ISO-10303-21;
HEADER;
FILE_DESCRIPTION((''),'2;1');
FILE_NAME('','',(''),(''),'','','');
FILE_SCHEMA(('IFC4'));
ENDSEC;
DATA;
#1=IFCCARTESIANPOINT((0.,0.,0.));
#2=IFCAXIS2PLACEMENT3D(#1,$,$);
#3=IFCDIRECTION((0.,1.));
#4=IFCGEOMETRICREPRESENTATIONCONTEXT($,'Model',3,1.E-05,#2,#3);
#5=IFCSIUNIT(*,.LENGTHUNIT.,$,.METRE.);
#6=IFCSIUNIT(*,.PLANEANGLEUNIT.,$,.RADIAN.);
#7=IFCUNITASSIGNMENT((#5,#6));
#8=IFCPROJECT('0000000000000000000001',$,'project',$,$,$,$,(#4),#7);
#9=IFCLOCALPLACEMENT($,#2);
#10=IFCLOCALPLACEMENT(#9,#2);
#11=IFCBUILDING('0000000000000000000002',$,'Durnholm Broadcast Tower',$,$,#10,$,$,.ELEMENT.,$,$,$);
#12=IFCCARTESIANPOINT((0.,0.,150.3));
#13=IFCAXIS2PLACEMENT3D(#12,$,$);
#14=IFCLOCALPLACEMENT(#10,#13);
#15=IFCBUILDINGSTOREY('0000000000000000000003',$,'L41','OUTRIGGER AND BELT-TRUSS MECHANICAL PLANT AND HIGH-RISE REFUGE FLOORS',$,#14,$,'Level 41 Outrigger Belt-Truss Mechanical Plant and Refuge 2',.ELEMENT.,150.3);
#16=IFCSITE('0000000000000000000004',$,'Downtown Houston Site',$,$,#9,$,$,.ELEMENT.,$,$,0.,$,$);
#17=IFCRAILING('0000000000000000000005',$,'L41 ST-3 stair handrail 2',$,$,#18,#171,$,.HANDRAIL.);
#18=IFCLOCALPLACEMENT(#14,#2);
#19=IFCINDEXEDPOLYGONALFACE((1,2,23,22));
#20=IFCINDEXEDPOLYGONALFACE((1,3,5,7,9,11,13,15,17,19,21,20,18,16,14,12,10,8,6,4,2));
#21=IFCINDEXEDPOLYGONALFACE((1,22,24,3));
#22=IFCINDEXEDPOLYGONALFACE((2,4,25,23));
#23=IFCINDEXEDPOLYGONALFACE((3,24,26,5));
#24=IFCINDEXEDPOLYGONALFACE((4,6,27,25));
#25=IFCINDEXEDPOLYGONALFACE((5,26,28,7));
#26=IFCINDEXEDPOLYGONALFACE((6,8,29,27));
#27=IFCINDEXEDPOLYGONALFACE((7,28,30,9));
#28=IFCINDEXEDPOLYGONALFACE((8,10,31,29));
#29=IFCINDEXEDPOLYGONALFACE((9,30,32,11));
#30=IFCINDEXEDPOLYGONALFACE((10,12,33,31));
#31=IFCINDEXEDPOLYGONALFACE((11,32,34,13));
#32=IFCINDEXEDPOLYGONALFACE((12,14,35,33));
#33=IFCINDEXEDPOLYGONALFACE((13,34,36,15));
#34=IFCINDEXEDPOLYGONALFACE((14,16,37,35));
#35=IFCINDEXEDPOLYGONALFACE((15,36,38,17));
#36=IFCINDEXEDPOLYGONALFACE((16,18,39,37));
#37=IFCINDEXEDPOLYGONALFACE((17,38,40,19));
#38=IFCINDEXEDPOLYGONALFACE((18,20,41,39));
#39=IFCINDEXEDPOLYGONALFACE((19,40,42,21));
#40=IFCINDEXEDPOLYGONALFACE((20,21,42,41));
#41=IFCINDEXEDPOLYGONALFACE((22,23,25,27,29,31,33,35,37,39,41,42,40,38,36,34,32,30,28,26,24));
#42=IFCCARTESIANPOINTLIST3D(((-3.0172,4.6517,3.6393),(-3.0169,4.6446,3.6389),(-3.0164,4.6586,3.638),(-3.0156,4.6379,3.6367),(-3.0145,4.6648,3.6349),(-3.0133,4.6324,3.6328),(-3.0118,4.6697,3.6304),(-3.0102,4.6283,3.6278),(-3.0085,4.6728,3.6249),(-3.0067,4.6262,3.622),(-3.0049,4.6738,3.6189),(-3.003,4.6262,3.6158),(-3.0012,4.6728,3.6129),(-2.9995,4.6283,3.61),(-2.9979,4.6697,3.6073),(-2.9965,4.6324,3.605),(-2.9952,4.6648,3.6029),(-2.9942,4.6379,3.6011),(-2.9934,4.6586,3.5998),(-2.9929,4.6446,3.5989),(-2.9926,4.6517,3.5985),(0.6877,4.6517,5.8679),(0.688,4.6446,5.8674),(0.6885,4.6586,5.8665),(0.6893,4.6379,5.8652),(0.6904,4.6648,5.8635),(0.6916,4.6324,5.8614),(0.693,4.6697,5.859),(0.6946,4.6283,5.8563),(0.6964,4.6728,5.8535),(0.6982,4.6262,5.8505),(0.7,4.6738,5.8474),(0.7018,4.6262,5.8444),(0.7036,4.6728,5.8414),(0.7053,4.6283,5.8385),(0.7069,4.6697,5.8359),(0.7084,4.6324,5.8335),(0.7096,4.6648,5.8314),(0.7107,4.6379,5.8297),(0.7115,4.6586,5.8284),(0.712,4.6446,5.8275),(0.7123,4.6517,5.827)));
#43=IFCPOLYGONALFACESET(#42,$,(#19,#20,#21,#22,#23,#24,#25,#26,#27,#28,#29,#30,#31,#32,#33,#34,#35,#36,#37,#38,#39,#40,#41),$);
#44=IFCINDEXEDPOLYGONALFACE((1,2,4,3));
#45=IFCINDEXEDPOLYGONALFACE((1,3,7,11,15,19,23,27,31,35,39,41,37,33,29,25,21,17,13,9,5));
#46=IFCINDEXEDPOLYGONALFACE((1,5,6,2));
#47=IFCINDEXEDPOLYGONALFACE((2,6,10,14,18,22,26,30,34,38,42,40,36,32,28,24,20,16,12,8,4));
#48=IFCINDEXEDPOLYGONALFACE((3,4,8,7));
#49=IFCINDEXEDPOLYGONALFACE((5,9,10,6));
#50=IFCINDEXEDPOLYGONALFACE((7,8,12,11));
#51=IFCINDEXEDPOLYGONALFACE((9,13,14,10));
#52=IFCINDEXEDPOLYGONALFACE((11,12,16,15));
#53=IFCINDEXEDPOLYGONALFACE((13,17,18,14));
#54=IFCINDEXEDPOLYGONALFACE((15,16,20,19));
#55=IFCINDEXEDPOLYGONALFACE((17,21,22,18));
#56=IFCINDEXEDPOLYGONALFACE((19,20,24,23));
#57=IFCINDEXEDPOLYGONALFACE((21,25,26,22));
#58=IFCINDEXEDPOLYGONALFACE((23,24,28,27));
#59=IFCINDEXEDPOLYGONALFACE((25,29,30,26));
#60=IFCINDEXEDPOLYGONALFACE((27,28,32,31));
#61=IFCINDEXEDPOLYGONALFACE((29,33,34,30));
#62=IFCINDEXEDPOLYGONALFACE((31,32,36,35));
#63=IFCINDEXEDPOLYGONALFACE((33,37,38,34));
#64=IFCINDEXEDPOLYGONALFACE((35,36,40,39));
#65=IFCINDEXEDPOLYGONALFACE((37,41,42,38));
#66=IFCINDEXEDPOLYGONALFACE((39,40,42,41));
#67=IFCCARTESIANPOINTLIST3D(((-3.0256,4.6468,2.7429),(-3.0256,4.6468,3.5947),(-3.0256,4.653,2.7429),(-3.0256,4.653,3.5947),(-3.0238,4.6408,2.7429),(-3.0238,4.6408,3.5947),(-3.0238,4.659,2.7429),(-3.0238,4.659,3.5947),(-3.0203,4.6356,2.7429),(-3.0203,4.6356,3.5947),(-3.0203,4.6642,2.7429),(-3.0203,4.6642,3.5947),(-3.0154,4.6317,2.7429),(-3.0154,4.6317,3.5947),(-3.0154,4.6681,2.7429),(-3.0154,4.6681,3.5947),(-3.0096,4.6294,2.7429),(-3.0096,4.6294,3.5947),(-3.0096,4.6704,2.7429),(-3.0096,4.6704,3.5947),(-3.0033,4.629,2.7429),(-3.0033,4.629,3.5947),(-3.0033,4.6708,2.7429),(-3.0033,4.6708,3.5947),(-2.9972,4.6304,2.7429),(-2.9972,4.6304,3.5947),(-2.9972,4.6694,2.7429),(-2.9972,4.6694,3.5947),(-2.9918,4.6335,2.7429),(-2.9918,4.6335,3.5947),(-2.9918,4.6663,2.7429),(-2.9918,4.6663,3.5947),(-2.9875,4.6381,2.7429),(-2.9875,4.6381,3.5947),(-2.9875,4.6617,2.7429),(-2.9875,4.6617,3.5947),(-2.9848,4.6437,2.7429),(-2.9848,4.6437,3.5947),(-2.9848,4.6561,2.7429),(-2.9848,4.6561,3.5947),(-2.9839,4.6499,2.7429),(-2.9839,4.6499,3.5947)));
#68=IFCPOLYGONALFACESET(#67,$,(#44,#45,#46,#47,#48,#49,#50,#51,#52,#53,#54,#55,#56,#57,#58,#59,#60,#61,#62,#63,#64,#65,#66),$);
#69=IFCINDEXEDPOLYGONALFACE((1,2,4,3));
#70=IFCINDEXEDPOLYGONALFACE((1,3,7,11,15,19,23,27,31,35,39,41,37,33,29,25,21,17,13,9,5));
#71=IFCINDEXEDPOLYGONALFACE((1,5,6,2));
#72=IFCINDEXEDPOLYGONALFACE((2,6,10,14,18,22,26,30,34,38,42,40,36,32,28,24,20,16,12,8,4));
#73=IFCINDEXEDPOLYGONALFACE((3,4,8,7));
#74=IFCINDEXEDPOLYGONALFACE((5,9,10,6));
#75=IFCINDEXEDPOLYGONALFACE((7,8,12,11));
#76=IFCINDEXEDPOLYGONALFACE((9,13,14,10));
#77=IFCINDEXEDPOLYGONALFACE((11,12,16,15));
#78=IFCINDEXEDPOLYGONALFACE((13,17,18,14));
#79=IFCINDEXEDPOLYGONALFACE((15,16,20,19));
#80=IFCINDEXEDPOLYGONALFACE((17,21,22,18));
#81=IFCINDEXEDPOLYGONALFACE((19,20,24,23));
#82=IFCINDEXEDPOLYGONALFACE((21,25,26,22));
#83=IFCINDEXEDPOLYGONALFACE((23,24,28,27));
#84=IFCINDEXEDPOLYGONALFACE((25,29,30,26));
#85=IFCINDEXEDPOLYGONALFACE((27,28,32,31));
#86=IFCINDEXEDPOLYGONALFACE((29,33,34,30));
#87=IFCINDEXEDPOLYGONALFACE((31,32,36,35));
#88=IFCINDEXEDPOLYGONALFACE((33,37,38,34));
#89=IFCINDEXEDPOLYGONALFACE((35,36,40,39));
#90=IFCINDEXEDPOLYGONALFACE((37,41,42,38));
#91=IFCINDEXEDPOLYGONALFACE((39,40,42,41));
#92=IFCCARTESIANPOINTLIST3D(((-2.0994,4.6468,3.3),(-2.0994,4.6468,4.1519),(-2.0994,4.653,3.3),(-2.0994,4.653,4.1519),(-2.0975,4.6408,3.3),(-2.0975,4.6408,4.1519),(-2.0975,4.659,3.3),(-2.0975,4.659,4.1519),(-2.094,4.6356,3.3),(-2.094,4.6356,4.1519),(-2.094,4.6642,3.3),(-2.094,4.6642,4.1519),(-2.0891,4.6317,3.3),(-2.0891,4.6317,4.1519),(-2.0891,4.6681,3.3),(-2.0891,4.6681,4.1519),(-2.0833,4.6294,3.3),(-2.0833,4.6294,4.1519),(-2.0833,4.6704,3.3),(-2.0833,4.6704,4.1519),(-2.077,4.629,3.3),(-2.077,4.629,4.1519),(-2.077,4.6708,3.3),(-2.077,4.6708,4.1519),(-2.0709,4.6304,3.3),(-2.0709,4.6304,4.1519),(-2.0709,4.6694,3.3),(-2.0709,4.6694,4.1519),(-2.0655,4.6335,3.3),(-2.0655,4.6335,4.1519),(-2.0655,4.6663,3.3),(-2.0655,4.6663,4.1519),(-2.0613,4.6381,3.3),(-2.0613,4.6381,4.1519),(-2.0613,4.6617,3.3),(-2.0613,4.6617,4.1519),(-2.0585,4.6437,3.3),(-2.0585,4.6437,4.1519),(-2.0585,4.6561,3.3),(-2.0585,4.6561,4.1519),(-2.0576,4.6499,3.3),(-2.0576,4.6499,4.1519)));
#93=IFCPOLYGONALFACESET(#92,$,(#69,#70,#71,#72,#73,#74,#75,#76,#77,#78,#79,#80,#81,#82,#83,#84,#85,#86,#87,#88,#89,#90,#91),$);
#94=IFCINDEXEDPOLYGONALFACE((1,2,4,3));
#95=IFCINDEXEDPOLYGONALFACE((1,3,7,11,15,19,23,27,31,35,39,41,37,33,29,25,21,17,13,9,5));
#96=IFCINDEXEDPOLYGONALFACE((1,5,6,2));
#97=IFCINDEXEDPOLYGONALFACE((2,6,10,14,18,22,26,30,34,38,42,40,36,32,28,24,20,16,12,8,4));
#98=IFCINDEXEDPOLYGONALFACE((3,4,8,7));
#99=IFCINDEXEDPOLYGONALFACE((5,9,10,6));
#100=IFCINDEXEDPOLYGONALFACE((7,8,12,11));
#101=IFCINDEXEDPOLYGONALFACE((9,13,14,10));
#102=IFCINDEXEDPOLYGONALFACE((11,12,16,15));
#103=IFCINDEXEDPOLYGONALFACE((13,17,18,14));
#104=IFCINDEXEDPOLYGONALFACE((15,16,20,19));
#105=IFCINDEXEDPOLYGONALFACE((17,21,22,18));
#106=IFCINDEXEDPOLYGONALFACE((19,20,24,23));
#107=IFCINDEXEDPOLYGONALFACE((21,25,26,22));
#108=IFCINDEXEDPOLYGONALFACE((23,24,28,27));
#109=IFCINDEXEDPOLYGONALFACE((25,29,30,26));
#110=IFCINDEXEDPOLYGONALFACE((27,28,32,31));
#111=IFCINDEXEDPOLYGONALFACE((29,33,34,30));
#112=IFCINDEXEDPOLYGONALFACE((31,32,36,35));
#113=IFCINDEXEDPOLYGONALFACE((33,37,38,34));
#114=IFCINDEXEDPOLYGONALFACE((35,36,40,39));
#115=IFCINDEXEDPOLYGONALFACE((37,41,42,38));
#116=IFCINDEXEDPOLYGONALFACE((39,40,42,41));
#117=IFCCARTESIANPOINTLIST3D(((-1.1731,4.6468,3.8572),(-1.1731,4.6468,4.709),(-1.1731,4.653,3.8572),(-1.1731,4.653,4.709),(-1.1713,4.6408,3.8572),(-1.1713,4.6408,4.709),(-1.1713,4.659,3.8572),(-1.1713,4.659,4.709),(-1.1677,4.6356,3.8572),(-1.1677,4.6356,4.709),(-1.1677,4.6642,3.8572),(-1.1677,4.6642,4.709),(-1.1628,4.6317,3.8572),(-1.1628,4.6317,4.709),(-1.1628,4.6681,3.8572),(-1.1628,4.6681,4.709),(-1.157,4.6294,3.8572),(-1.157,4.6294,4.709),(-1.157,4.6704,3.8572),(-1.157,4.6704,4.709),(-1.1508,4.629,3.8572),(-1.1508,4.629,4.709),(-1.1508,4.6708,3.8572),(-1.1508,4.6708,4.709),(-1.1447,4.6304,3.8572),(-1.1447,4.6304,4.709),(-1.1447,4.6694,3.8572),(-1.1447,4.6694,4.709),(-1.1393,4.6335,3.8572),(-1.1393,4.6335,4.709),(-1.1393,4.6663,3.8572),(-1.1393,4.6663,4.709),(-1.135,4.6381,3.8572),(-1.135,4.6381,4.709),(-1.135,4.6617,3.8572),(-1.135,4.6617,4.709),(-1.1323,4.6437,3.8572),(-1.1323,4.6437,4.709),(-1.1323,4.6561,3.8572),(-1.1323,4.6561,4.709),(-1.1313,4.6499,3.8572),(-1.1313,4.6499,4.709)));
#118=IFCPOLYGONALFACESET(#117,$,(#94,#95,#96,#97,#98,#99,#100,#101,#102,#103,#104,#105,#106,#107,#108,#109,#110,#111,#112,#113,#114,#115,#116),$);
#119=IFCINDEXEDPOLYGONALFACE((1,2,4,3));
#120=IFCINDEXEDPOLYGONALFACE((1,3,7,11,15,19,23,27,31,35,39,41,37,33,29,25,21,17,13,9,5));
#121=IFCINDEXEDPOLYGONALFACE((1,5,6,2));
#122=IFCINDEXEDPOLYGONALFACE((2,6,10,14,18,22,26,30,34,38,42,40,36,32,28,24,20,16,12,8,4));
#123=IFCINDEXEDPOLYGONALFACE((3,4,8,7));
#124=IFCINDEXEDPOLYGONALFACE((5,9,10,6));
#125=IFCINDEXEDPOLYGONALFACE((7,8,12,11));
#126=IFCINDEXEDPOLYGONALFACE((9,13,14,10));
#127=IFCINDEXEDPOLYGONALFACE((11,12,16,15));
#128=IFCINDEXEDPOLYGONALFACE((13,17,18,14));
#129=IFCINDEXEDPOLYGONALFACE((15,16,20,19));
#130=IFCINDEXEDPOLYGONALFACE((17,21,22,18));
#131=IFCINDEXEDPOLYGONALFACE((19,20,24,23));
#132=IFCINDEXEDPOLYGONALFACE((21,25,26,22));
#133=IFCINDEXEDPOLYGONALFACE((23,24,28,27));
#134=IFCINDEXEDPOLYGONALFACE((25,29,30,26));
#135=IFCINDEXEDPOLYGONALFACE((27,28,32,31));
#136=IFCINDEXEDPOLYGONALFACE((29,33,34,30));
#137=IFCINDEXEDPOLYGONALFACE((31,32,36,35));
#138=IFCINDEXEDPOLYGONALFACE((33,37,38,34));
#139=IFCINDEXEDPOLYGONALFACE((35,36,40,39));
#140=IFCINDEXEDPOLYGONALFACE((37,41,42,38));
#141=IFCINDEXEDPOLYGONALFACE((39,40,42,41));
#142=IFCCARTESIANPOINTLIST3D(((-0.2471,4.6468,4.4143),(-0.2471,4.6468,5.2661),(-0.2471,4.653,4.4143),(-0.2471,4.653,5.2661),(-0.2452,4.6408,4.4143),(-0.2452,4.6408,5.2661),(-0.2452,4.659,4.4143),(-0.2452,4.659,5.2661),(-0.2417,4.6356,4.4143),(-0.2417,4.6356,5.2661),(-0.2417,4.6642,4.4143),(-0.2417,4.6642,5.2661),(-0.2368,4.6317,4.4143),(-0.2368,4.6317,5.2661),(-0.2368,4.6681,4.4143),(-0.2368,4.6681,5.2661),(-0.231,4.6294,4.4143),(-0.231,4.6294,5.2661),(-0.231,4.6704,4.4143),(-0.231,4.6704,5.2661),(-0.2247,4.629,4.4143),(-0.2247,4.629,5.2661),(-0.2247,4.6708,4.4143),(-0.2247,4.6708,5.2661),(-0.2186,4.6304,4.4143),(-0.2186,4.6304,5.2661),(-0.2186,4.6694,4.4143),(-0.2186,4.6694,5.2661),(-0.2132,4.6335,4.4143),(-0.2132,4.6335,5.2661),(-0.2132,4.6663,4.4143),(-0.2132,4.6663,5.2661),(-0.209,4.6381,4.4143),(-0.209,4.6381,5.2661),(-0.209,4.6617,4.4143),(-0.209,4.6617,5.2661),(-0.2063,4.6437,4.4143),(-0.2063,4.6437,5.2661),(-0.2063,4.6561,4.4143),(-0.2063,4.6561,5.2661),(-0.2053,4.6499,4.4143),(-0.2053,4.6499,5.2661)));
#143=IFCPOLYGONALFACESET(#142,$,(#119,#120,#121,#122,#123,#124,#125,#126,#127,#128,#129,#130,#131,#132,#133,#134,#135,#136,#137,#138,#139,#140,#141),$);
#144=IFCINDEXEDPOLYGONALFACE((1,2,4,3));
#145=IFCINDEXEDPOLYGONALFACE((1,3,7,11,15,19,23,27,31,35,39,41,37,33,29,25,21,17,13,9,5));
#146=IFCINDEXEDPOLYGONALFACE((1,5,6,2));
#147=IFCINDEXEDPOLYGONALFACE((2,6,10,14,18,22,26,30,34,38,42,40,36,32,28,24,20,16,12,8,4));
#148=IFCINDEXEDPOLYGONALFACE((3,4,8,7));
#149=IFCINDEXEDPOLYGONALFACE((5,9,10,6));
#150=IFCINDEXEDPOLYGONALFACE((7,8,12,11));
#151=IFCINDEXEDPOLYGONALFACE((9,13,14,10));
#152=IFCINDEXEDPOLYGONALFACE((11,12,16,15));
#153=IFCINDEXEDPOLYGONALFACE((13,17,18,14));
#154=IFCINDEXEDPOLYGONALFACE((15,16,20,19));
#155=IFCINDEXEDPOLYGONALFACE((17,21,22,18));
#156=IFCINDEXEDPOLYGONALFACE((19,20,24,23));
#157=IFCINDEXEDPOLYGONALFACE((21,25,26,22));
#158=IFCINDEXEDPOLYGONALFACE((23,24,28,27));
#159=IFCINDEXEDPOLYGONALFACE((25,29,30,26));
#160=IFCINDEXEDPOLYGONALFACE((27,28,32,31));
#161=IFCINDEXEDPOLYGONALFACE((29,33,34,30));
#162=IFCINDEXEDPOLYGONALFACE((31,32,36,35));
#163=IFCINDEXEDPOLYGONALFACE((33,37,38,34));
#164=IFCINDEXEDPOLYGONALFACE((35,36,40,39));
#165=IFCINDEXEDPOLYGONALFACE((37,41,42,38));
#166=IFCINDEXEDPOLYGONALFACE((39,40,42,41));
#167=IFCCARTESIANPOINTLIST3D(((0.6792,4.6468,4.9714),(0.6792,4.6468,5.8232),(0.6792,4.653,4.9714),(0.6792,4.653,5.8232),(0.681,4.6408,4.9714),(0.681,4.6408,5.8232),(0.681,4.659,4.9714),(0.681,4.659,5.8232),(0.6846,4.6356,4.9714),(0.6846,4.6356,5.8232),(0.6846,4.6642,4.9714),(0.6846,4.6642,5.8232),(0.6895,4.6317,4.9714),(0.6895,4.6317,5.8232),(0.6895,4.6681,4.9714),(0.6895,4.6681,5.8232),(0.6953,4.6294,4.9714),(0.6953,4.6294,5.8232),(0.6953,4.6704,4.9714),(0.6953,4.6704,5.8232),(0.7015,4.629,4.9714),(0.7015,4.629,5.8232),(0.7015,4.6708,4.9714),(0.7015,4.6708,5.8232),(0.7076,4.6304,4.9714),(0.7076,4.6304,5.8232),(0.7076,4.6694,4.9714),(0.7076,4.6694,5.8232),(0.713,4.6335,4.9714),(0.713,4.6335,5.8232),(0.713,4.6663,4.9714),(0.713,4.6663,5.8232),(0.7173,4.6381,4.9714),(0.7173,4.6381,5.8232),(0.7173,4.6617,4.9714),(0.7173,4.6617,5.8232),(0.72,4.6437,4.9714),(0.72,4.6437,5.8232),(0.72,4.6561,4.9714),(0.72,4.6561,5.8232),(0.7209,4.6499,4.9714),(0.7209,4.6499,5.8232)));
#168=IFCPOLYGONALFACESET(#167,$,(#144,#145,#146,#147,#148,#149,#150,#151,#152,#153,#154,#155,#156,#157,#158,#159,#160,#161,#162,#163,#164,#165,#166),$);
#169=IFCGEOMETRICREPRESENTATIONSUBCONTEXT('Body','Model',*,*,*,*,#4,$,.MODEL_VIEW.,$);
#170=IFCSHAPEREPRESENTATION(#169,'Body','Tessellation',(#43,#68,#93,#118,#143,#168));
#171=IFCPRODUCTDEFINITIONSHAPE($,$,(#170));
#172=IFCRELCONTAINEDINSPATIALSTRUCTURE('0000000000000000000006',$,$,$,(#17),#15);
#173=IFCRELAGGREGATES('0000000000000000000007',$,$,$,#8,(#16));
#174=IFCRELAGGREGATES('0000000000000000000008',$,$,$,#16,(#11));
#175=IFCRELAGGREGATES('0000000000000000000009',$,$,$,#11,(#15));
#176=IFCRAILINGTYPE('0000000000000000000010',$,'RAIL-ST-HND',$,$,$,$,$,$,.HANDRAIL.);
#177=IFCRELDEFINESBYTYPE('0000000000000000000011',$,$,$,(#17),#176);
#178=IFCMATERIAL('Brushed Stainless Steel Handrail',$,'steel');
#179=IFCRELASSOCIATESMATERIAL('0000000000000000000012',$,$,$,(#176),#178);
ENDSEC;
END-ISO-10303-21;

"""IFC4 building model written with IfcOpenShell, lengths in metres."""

from ifc_helpers import new_model, si_unit, direction, frame, origin, origin_2d, place, context, subcontext, project, spatial, circle, extrude, material, type_object, element, save


model = new_model("IFC4")

# Units and contexts
model_context = context("Model", 3, precision=1e-05, world=origin(), true_north=direction((0.0, 1.0)))
body_context = subcontext(model_context, "Body", "Model", "MODEL_VIEW")
ifc_project = project(units=[si_unit("LENGTHUNIT", "METRE"), si_unit("PLANEANGLEUNIT", "RADIAN")], contexts=[model_context])

# Site, building, storey
site_placement = place(None, origin())
site = spatial("IfcSite", under=ifc_project, at=site_placement, Name="Downtown Houston Site", CompositionType="ELEMENT", RefElevation=0.0)
building_placement = place(site_placement, origin())
building = spatial("IfcBuilding", under=site, at=building_placement, Name="Durnholm Broadcast Tower", CompositionType="ELEMENT")
storey_placement = place(building_placement, frame((0.0, 0.0, 150.3)))
storey = spatial("IfcBuildingStorey", under=building, at=storey_placement, Name="L41", Description="OUTRIGGER AND BELT-TRUSS MECHANICAL PLANT AND HIGH-RISE REFUGE FLOORS", LongName="Level 41 Outrigger Belt-Truss Mechanical Plant and Refuge 2", CompositionType="ELEMENT", Elevation=150.3)

# Railing
ifc_material_1 = material(Name="Brushed Stainless Steel Handrail", Category="steel")
railing_type_1 = type_object("IfcRailingType", Name="RAIL-ST-HND", PredefinedType="HANDRAIL", material=ifc_material_1)
railing_1_placement = place(storey_placement, frame((-3.0049, 4.6499, 2.7429)))
element("IfcRailing", 1, at=railing_1_placement, inside=storey, type_object=railing_type_1, Name="L41 ST-3 stair handrail 2", PredefinedType="HANDRAIL", context=body_context, shape_type="SweptSolid", body=[
    extrude(circle(Radius=0.0239, at=origin_2d()), frame((0.0, 0.0, 0.876), z_axis=(0.856919, 0.0, 0.51545), x_axis=(0.0, 1.0, 0.0)), (0.0, 0.0, 1.0), 4.3235),
    extrude(circle(Radius=0.021, at=origin_2d()), origin(), (0.0, 0.0, 1.0), 0.8518),
    extrude(circle(Radius=0.021, at=origin_2d()), frame((0.9263, 0.0, 0.5571)), (0.0, 0.0, 1.0), 0.8518),
    extrude(circle(Radius=0.021, at=origin_2d()), frame((1.8525, 0.0, 1.1143)), (0.0, 0.0, 1.0), 0.8518),
    extrude(circle(Radius=0.021, at=origin_2d()), frame((2.7786, 0.0, 1.6714)), (0.0, 0.0, 1.0), 0.8518),
    extrude(circle(Radius=0.021, at=origin_2d()), frame((3.7048, 0.0, 2.2285)), (0.0, 0.0, 1.0), 0.8518),
])

save(model, "model.ifc")
